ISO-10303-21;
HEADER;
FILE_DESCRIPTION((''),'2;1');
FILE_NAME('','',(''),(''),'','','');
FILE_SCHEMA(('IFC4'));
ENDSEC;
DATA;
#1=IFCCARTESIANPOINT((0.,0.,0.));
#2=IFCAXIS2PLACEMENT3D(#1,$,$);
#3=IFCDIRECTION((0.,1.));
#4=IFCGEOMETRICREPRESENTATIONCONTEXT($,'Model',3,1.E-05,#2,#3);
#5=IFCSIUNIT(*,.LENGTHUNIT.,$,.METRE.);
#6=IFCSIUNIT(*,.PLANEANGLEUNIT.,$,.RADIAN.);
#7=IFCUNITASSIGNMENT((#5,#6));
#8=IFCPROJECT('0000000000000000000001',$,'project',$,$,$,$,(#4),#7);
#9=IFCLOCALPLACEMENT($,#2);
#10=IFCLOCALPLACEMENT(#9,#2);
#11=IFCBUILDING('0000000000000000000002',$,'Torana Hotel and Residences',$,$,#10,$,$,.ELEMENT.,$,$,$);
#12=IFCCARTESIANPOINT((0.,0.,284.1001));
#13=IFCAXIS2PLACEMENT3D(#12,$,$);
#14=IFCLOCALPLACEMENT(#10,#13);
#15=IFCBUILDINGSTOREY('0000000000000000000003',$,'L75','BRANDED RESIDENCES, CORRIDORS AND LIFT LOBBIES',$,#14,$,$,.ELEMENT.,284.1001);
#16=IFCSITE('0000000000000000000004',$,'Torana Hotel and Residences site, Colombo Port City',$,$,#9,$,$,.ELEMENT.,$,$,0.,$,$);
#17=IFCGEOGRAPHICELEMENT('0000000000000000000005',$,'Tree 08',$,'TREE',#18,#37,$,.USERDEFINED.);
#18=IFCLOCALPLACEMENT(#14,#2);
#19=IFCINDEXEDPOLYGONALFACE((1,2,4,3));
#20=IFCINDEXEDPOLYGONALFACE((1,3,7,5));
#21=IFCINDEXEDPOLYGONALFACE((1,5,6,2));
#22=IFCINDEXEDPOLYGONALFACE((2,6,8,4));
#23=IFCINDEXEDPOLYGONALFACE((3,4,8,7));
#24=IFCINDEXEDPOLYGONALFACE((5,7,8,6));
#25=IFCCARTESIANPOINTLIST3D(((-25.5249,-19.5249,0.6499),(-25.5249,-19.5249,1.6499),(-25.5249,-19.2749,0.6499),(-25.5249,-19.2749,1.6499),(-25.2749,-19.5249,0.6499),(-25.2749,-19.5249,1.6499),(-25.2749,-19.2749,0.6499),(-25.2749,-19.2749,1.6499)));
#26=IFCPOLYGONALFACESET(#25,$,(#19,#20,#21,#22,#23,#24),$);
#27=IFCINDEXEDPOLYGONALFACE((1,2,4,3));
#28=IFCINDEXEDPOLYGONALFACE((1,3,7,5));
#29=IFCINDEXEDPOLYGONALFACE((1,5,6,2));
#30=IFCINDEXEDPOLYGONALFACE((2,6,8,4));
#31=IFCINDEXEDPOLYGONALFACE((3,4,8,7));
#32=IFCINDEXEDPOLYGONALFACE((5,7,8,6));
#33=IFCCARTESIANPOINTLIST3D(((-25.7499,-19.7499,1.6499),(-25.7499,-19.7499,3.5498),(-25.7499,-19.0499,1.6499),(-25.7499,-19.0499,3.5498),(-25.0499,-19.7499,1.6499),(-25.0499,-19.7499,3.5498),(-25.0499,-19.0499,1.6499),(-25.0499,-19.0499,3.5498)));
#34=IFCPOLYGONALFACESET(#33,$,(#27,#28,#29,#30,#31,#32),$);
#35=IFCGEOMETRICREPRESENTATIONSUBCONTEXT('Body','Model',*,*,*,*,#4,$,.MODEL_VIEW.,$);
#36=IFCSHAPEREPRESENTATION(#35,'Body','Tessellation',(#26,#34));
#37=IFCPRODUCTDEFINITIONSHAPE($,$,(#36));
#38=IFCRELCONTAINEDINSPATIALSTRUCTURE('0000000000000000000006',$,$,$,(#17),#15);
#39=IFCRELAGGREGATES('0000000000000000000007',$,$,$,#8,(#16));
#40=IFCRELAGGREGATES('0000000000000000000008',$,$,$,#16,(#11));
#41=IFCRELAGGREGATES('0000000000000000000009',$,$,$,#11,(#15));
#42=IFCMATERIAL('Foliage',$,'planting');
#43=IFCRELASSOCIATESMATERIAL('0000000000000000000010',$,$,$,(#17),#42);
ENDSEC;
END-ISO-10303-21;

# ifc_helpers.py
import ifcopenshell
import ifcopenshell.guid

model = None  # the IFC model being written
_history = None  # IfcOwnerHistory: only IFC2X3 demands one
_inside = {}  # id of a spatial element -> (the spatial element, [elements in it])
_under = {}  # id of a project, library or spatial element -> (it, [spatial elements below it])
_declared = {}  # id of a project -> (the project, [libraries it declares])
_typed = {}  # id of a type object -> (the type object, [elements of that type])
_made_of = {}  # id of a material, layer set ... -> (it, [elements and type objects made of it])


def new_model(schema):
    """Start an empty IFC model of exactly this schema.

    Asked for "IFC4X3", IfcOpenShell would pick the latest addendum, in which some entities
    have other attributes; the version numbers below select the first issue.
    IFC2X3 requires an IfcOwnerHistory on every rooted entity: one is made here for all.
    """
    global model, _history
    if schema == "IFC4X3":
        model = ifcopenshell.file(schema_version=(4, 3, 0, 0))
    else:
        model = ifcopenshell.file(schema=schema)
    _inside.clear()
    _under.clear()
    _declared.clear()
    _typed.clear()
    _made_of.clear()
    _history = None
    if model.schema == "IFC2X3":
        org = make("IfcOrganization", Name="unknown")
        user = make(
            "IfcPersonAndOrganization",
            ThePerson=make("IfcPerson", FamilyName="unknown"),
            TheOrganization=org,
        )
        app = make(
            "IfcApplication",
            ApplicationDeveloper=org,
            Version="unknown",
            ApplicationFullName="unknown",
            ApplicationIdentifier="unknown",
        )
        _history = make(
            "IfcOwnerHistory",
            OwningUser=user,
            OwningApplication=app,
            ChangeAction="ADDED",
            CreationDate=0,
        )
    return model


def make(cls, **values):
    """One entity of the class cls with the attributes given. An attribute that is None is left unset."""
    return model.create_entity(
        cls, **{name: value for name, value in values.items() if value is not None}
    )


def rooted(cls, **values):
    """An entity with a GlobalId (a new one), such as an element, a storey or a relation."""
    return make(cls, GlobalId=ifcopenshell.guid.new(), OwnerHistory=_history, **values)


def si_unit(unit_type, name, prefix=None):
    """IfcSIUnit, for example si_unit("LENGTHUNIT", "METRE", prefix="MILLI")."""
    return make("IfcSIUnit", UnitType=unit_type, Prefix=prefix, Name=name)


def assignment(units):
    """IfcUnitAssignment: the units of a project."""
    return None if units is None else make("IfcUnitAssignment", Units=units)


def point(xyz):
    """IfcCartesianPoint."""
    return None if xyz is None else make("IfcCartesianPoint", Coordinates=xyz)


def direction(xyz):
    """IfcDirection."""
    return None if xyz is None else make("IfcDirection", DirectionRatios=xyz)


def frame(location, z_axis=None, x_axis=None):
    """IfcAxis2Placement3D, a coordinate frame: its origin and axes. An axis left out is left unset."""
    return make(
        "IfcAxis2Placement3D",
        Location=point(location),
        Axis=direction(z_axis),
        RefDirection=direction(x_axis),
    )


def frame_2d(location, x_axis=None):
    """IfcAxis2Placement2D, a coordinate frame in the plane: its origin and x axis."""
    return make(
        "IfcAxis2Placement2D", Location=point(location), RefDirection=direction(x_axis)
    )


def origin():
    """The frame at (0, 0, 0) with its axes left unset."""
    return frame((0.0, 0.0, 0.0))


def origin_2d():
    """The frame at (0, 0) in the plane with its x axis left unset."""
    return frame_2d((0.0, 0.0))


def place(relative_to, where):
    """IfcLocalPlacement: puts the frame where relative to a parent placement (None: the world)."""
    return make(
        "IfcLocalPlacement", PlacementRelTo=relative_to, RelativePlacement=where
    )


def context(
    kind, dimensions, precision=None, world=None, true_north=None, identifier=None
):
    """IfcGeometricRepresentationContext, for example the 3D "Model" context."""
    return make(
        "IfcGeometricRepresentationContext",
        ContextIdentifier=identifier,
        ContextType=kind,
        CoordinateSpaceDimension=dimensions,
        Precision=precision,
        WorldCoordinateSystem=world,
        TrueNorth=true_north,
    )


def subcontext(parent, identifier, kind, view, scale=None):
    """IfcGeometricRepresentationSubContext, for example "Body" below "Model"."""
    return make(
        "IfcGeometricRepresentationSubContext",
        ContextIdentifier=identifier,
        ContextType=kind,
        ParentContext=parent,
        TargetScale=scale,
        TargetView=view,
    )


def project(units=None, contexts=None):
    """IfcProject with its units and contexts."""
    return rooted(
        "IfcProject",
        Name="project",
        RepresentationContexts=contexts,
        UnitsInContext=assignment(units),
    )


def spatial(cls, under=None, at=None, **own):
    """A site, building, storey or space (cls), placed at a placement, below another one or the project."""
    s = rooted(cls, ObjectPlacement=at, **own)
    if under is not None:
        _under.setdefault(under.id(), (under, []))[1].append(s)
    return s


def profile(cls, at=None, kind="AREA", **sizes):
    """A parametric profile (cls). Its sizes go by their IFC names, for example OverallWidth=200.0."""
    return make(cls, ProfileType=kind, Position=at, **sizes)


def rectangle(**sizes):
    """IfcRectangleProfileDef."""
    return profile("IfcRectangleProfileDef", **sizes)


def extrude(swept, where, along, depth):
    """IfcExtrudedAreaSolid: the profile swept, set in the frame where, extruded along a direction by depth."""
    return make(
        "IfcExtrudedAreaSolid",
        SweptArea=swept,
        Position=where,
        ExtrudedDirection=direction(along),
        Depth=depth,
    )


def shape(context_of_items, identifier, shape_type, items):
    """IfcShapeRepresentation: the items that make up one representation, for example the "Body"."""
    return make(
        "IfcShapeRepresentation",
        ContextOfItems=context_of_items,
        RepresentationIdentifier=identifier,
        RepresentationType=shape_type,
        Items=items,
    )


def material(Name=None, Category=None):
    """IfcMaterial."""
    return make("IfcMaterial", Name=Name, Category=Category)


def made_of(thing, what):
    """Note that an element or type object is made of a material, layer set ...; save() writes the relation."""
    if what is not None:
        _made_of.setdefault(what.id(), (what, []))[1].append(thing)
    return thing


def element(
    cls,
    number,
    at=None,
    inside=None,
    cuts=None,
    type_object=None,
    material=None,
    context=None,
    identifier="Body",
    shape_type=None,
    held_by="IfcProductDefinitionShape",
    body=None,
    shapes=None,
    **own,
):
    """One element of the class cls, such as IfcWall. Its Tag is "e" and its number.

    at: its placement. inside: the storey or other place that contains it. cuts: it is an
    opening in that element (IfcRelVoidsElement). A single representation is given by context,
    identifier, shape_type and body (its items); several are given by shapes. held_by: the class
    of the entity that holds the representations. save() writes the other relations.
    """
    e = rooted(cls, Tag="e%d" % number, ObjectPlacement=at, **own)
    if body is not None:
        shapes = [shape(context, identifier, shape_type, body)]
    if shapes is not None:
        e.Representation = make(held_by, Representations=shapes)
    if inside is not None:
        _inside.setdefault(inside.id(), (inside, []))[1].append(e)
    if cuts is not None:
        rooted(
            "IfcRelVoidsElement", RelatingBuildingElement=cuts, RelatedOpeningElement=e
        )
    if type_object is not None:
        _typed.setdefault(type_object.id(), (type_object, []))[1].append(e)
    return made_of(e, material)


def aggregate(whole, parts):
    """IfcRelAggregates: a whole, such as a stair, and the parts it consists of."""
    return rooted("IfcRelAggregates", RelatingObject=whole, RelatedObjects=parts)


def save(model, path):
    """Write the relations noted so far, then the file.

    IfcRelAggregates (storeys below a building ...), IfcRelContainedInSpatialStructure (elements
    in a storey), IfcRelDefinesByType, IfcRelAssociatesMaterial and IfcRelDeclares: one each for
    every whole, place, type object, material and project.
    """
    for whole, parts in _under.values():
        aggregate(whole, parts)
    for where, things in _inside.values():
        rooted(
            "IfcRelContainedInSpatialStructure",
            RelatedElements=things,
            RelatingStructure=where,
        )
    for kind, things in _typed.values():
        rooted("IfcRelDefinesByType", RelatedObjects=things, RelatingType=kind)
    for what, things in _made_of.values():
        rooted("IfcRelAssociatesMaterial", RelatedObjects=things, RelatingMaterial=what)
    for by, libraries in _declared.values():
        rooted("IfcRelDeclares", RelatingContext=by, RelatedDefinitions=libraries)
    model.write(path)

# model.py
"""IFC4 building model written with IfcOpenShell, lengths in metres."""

from ifc_helpers import new_model, si_unit, direction, frame, origin, origin_2d, place, context, subcontext, project, spatial, rectangle, extrude, material, element, save


model = new_model("IFC4")

# Units and contexts
model_context = context("Model", 3, precision=1e-05, world=origin(), true_north=direction((0.0, 1.0)))
body_context = subcontext(model_context, "Body", "Model", "MODEL_VIEW")
ifc_project = project(units=[si_unit("LENGTHUNIT", "METRE"), si_unit("PLANEANGLEUNIT", "RADIAN")], contexts=[model_context])

# Site, building, storey
site_placement = place(None, origin())
site = spatial("IfcSite", under=ifc_project, at=site_placement, Name="Torana Hotel and Residences site, Colombo Port City", CompositionType="ELEMENT", RefElevation=0.0)
building_placement = place(site_placement, origin())
building = spatial("IfcBuilding", under=site, at=building_placement, Name="Torana Hotel and Residences", CompositionType="ELEMENT")
storey_placement = place(building_placement, frame((0.0, 0.0, 284.1001)))
storey = spatial("IfcBuildingStorey", under=building, at=storey_placement, Name="L75", Description="BRANDED RESIDENCES, CORRIDORS AND LIFT LOBBIES", CompositionType="ELEMENT", Elevation=284.1001)

# Geographic element
ifc_material_1 = material(Name="Foliage", Category="planting")
geographic_element_placement = place(storey_placement, frame((-25.3999, -19.3999, 0.6499), z_axis=(0.0, 0.0, 1.0), x_axis=(1.0, 0.0, 0.0)))
element("IfcGeographicElement", 1, at=geographic_element_placement, inside=storey, material=ifc_material_1, Name="Tree 08", ObjectType="TREE", PredefinedType="USERDEFINED", context=body_context, shape_type="SweptSolid", body=[
    extrude(rectangle(XDim=0.25, YDim=0.25, at=origin_2d()), origin(), (0.0, 0.0, 1.0), 1.0),
    extrude(rectangle(XDim=0.7, YDim=0.7, at=origin_2d()), frame((0.0, 0.0, 1.0)), (0.0, 0.0, 1.0), 1.8999),
])

save(model, "model.ifc")
